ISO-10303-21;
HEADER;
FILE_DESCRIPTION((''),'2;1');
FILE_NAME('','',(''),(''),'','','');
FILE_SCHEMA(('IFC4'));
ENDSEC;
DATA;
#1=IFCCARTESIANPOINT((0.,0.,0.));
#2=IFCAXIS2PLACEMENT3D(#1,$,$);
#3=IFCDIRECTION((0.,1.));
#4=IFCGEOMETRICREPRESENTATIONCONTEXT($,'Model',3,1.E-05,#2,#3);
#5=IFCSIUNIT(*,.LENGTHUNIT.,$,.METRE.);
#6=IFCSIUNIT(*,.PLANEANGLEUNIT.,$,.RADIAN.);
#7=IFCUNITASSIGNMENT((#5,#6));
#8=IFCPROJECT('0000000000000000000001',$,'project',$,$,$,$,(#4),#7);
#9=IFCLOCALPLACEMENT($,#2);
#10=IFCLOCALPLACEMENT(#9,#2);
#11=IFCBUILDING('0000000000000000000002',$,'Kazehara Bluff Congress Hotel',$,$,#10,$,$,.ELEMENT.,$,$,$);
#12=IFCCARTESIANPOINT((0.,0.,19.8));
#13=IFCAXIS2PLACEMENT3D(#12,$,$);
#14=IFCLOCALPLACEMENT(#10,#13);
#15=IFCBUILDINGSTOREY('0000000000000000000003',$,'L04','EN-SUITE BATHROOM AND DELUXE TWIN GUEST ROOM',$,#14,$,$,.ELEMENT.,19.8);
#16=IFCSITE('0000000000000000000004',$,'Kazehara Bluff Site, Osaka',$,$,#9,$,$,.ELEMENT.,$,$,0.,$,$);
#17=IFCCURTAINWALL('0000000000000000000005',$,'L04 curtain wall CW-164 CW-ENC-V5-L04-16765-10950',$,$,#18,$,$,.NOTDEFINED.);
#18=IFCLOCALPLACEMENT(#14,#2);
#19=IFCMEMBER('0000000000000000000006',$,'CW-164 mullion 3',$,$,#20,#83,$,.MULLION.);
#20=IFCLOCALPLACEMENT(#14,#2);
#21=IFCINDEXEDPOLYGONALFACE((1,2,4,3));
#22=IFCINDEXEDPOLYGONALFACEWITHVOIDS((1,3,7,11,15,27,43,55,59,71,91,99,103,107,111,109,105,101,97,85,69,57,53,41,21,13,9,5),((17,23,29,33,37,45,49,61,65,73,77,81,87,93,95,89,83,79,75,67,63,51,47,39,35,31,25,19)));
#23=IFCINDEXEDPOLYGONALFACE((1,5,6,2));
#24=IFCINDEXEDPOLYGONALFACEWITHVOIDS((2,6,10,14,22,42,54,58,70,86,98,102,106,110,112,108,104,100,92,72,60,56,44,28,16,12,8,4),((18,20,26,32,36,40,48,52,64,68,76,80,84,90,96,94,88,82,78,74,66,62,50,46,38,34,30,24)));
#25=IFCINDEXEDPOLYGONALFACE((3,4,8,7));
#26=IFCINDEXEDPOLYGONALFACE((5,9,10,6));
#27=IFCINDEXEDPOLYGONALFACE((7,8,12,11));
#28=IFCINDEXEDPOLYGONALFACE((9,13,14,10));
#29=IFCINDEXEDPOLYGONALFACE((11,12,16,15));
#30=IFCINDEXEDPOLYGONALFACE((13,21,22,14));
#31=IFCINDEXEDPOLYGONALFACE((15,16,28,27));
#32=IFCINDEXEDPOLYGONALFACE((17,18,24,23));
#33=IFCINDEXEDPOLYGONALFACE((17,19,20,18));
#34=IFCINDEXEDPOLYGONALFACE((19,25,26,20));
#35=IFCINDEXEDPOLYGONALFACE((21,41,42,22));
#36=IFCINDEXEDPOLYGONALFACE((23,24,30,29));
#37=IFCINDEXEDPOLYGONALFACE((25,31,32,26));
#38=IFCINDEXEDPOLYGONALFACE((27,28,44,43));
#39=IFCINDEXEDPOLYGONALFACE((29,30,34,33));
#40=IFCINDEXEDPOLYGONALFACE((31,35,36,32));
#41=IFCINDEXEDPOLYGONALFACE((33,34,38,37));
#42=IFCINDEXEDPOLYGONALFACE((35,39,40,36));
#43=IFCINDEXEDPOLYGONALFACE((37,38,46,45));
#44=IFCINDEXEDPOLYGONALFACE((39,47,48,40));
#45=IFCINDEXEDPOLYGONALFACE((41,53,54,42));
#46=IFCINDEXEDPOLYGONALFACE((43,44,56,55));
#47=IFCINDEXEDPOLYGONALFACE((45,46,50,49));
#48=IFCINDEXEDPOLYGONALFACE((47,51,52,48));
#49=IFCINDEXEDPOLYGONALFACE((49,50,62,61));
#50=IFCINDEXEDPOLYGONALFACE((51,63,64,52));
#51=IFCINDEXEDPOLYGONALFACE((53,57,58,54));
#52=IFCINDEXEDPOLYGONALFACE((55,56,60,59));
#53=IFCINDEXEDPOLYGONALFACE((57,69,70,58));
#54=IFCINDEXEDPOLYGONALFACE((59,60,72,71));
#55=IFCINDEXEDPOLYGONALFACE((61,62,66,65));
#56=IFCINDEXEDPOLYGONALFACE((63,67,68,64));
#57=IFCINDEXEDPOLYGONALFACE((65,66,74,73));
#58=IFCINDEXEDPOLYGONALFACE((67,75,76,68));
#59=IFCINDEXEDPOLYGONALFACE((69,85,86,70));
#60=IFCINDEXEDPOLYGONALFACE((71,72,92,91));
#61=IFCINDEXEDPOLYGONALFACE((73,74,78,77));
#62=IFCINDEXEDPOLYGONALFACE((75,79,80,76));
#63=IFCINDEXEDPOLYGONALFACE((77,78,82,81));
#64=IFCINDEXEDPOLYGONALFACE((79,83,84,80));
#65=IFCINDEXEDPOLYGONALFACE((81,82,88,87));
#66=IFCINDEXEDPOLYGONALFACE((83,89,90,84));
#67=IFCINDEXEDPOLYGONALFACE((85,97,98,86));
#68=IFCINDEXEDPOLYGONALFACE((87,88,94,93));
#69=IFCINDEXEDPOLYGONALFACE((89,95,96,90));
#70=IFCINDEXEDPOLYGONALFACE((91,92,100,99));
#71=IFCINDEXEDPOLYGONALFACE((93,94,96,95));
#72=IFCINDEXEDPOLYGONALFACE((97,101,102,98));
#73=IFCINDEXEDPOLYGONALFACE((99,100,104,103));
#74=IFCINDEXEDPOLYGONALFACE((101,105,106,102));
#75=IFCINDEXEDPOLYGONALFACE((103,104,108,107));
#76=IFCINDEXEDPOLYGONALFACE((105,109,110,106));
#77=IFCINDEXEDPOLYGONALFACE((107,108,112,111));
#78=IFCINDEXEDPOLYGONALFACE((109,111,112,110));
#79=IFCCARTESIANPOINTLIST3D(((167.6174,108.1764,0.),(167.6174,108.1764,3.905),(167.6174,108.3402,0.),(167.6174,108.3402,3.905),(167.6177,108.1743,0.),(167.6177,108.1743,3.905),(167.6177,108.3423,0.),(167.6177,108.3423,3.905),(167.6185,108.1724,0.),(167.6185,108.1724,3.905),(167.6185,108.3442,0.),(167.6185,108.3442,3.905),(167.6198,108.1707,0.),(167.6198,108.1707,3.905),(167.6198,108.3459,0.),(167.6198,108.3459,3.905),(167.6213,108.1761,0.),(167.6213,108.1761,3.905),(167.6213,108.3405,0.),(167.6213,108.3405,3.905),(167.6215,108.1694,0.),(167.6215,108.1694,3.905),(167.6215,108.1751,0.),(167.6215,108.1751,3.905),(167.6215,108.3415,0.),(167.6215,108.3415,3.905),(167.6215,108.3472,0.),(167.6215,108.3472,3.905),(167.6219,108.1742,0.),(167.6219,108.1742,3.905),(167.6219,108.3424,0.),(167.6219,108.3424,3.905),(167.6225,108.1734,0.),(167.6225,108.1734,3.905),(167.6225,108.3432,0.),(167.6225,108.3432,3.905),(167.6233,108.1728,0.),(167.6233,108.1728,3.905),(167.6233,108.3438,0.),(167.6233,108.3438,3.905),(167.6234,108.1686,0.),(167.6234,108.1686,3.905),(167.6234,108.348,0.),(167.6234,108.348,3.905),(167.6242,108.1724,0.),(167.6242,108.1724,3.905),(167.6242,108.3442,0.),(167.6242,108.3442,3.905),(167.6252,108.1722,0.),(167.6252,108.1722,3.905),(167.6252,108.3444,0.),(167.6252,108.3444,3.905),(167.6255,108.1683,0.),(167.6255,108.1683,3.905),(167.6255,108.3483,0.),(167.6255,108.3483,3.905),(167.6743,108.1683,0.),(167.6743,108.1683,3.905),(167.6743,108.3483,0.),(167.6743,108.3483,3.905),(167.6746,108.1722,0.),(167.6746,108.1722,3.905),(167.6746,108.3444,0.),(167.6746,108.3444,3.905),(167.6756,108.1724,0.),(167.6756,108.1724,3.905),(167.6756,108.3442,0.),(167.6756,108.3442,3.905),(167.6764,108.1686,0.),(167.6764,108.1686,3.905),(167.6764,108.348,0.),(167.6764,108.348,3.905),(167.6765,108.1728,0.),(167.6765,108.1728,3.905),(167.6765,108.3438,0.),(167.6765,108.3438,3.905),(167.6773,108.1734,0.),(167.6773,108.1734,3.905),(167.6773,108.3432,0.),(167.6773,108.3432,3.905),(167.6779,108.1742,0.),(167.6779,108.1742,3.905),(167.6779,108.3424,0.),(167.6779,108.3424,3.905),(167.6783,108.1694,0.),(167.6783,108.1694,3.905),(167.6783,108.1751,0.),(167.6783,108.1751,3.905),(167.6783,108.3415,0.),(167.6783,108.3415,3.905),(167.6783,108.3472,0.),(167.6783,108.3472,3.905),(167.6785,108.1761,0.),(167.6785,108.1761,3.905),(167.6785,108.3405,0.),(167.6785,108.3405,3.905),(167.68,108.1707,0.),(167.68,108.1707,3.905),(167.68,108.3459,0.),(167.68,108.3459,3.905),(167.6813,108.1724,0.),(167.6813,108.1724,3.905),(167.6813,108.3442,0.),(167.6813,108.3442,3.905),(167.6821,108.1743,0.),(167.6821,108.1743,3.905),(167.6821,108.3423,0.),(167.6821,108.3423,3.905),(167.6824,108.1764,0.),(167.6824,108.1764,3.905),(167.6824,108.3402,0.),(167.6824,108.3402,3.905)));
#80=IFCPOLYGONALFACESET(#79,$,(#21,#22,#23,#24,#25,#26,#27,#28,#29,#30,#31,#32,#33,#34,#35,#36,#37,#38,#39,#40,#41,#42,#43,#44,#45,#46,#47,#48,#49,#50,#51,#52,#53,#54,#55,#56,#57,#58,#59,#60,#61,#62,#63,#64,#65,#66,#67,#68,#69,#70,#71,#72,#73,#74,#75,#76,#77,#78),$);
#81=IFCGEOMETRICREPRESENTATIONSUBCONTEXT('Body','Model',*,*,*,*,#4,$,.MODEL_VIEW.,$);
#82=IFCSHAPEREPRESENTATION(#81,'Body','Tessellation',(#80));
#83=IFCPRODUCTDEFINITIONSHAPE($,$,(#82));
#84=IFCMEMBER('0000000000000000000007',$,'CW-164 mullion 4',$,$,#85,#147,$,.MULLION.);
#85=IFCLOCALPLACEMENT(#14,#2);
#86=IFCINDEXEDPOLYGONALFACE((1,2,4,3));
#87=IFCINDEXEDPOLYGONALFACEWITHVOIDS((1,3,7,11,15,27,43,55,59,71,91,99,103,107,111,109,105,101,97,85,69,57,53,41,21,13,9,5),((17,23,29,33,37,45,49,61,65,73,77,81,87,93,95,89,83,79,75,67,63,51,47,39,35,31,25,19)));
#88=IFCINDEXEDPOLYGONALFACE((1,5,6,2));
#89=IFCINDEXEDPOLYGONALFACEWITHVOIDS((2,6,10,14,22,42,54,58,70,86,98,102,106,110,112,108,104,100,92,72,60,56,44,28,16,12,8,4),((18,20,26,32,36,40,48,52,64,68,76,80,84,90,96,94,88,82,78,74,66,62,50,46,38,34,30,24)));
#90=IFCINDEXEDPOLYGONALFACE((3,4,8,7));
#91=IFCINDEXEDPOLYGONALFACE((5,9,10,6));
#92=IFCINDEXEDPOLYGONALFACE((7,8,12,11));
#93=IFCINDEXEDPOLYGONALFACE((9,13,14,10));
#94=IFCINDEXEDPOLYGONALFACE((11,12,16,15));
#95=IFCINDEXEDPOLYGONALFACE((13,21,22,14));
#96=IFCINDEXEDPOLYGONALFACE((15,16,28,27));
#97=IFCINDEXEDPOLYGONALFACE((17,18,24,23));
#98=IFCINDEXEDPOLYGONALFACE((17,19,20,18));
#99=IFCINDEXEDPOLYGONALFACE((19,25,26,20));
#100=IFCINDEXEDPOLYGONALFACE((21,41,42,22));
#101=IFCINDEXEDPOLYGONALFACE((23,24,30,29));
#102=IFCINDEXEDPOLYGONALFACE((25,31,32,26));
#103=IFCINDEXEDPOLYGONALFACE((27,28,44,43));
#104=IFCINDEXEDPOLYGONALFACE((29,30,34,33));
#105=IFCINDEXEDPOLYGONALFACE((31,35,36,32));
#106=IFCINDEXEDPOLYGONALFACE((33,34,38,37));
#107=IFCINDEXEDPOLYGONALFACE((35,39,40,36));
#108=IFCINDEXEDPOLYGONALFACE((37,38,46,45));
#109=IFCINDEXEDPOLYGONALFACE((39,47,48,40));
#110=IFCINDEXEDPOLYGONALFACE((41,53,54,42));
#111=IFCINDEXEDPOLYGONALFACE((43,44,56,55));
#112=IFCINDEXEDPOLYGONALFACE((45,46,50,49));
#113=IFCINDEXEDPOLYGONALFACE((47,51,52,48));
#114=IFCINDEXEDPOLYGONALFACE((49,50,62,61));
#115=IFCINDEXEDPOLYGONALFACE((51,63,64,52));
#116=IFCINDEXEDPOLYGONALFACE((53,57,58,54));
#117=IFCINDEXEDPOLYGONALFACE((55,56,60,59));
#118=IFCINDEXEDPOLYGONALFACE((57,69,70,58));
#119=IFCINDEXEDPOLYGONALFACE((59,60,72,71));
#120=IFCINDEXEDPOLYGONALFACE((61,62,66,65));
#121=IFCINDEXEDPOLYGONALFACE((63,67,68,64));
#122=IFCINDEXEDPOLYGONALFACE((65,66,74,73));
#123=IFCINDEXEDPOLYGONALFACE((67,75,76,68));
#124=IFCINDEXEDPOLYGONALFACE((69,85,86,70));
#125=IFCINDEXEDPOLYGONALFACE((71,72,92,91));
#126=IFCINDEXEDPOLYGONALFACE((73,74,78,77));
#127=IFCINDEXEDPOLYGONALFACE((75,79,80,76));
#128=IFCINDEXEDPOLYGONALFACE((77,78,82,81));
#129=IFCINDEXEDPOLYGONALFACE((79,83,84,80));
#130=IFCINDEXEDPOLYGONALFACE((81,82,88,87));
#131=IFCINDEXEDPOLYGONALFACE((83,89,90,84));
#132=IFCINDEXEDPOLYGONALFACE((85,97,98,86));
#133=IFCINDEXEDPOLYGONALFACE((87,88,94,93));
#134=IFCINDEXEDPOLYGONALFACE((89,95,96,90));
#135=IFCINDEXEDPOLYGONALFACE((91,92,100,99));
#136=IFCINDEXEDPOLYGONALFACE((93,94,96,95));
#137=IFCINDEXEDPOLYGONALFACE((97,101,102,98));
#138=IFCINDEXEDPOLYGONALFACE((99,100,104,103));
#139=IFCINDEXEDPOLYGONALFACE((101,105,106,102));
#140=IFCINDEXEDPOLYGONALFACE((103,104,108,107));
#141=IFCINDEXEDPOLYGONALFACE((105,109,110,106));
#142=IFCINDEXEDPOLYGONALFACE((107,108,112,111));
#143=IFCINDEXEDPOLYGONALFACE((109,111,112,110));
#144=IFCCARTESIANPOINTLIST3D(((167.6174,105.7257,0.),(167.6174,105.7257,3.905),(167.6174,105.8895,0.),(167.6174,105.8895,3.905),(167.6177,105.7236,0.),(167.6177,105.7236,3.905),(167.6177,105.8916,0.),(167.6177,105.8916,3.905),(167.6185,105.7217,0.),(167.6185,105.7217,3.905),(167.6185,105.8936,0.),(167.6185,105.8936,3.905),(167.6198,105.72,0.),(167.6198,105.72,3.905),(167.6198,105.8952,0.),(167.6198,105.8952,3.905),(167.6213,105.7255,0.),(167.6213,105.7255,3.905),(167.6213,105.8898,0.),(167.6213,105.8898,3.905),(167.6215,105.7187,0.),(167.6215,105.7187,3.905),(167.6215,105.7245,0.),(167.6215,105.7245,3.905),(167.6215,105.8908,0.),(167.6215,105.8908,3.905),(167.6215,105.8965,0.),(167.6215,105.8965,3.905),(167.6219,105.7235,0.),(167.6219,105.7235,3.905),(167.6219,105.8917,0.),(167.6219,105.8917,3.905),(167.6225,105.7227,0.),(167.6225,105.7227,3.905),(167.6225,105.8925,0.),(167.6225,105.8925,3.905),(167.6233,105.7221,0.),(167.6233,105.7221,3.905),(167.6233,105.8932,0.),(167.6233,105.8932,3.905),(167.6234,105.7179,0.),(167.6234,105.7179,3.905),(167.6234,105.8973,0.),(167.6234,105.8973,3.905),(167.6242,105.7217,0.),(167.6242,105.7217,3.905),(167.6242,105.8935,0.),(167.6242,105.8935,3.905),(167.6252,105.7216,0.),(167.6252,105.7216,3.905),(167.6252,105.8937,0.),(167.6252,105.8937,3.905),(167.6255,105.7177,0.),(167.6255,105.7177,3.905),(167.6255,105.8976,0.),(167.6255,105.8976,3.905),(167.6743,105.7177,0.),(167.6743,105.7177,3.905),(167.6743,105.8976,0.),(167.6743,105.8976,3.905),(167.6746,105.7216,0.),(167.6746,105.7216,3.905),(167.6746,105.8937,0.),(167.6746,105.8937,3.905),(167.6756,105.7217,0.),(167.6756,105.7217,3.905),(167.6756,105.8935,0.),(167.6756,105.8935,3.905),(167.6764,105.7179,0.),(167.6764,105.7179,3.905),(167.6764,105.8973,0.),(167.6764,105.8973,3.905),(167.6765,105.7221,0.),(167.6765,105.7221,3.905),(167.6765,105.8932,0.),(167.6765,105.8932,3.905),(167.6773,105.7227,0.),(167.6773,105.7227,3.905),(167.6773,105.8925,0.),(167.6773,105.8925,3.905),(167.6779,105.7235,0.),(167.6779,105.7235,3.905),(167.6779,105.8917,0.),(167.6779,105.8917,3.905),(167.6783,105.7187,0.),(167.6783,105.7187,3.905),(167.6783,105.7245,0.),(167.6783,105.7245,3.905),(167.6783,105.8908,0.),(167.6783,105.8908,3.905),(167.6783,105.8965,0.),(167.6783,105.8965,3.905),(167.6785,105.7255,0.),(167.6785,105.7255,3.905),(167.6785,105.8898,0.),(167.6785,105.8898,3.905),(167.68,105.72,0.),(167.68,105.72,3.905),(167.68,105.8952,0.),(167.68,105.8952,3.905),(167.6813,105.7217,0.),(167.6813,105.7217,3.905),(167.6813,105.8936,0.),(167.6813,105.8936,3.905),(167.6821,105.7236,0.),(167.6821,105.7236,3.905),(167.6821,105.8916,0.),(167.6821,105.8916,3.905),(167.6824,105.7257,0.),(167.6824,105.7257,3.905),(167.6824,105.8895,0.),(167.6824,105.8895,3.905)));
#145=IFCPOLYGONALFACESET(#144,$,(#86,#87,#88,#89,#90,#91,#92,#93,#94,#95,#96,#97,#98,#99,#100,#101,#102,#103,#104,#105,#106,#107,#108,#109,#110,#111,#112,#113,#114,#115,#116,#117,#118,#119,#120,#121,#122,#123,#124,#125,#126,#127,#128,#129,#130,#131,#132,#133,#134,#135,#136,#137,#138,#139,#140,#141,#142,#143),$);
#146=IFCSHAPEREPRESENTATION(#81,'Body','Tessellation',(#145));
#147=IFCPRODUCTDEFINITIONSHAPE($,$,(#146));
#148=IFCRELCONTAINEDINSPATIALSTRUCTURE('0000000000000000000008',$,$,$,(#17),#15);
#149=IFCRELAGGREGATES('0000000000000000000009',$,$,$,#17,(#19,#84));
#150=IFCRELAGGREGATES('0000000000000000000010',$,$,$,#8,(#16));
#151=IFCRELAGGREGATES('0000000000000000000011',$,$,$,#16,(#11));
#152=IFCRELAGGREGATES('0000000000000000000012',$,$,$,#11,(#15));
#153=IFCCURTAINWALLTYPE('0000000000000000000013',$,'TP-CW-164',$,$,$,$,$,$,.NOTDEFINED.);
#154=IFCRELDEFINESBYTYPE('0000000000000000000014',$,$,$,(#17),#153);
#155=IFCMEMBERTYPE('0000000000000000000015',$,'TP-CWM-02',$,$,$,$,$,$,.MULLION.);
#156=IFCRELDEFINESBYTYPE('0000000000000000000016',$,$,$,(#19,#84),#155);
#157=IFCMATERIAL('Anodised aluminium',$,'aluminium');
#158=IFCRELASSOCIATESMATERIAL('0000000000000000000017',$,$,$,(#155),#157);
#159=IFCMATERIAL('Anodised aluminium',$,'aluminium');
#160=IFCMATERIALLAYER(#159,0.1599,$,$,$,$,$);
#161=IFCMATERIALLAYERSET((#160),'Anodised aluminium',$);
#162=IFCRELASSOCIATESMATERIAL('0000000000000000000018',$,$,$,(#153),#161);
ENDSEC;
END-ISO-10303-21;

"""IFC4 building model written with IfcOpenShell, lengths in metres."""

from ifc_helpers import new_model, si_unit, direction, frame, origin, origin_2d, place, context, subcontext, project, spatial, hollow_rectangle, extrude, material, layer, layer_set, material_profile, profile_set, type_object, element, aggregate, save


model = new_model("IFC4")

# Units and contexts
model_context = context("Model", 3, precision=1e-05, world=origin(), true_north=direction((0.0, 1.0)))
body_context = subcontext(model_context, "Body", "Model", "MODEL_VIEW")
ifc_project = project(units=[si_unit("LENGTHUNIT", "METRE"), si_unit("PLANEANGLEUNIT", "RADIAN")], contexts=[model_context])

# Site, building, storey
site_placement = place(None, origin())
site = spatial("IfcSite", under=ifc_project, at=site_placement, Name="Kazehara Bluff Site, Osaka", CompositionType="ELEMENT", RefElevation=0.0)
building_placement = place(site_placement, origin())
building = spatial("IfcBuilding", under=site, at=building_placement, Name="Kazehara Bluff Congress Hotel", CompositionType="ELEMENT")
storey_placement = place(building_placement, frame((0.0, 0.0, 19.8)))
storey = spatial("IfcBuildingStorey", under=building, at=storey_placement, Name="L04", Description="EN-SUITE BATHROOM AND DELUXE TWIN GUEST ROOM", CompositionType="ELEMENT", Elevation=19.8)

# Curtain wall, members
ifc_material_1 = material(Name="Anodised aluminium", Category="aluminium")
ifc_material_profile_1 = material_profile(ifc_material_1, hollow_rectangle(XDim=0.0649, YDim=0.1799, WallThickness=0.0039, InnerFilletRadius=0.0039, OuterFilletRadius=0.0081, at=origin_2d()))
ifc_profile_set_1 = profile_set([ifc_material_profile_1], Name="Anodised aluminium")
member_type_1 = type_object("IfcMemberType", Name="TP-CWM-02", PredefinedType="MULLION", material=ifc_profile_set_1)
ifc_material_2 = material(Name="Anodised aluminium", Category="aluminium")
ifc_layer_1 = layer(ifc_material_2, 0.1599)
ifc_layer_set_1 = layer_set([ifc_layer_1], Name="Anodised aluminium")
curtain_wall_type_1 = type_object("IfcCurtainWallType", Name="TP-CW-164", PredefinedType="NOTDEFINED", material=ifc_layer_set_1)
curtain_wall_1_placement = place(storey_placement, origin())
curtain_wall_1 = element("IfcCurtainWall", 1, at=curtain_wall_1_placement, inside=storey, type_object=curtain_wall_type_1, Name="L04 curtain wall CW-164 CW-ENC-V5-L04-16765-10950", PredefinedType="NOTDEFINED")
member_1_placement = place(storey_placement, frame((167.6499, 108.2583, 0.0), z_axis=(0.0, 0.0, 1.0), x_axis=(1.0, 0.0, 0.0)))
member_1 = element("IfcMember", 2, at=member_1_placement, type_object=member_type_1, Name="CW-164 mullion 3", PredefinedType="MULLION", context=body_context, shape_type="SweptSolid", body=[
    extrude(hollow_rectangle(XDim=0.0649, YDim=0.1799, WallThickness=0.0039, InnerFilletRadius=0.0039, OuterFilletRadius=0.0081, at=origin_2d()), origin(), (0.0, 0.0, 1.0), 3.905),
])
member_2_placement = place(storey_placement, frame((167.6499, 105.8076, 0.0), z_axis=(0.0, 0.0, 1.0), x_axis=(1.0, 0.0, 0.0)))
member_2 = element("IfcMember", 3, at=member_2_placement, type_object=member_type_1, Name="CW-164 mullion 4", PredefinedType="MULLION", context=body_context, shape_type="SweptSolid", body=[
    extrude(hollow_rectangle(XDim=0.0649, YDim=0.1799, WallThickness=0.0039, InnerFilletRadius=0.0039, OuterFilletRadius=0.0081, at=origin_2d()), origin(), (0.0, 0.0, 1.0), 3.905),
])

aggregate(curtain_wall_1, [member_1, member_2])

save(model, "model.ifc")
